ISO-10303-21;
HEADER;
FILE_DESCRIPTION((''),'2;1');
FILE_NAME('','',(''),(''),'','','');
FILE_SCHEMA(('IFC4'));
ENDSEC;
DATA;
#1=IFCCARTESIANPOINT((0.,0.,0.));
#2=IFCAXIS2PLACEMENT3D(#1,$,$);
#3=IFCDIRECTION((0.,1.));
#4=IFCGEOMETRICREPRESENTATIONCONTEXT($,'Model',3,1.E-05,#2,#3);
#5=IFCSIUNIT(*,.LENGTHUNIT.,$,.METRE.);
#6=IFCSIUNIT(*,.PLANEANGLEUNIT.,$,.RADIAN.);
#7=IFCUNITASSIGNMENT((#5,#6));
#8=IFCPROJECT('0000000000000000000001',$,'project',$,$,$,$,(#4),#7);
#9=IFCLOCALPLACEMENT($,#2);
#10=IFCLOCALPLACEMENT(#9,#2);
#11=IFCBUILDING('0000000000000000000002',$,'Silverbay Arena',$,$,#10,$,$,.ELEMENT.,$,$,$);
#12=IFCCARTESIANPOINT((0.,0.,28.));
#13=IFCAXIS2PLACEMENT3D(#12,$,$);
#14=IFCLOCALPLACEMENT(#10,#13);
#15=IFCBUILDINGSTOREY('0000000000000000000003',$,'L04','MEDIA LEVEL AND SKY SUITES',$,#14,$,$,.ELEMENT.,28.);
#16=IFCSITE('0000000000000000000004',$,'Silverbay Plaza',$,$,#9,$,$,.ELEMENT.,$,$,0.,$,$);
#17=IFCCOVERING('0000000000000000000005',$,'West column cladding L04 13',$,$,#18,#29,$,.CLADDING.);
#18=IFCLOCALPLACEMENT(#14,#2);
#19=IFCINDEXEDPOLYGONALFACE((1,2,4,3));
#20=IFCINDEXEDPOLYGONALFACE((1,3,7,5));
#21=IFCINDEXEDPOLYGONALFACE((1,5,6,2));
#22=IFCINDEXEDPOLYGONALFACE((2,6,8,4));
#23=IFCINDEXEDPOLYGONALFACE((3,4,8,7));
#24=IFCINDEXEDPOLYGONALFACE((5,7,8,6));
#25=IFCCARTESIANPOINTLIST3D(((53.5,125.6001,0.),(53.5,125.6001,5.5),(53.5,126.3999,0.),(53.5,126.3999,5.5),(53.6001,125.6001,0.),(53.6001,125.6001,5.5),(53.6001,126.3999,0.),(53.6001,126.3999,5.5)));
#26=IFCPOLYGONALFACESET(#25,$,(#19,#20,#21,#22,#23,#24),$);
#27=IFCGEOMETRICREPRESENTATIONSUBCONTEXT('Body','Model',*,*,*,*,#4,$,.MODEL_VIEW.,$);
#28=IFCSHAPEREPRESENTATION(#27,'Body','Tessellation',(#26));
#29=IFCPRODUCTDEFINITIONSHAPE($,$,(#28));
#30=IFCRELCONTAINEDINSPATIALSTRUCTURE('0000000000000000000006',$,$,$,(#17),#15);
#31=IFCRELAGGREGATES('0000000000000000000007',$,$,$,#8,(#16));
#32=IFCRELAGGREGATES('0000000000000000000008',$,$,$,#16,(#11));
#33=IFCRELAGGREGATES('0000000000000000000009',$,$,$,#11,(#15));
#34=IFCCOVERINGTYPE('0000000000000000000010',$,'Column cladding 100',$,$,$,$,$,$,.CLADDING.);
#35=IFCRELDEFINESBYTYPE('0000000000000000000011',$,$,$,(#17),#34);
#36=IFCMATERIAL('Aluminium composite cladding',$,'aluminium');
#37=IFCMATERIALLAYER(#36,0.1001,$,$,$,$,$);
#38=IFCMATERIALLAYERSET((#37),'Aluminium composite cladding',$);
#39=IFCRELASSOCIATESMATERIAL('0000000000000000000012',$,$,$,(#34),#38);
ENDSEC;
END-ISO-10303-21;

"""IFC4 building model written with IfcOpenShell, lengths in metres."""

from ifc_helpers import new_model, si_unit, direction, frame, origin, place, context, subcontext, project, spatial, polyline, outline, extrude, material, layer, layer_set, type_object, element, save


model = new_model("IFC4")

# Units and contexts
model_context = context("Model", 3, precision=1e-05, world=origin(), true_north=direction((0.0, 1.0)))
body_context = subcontext(model_context, "Body", "Model", "MODEL_VIEW")
ifc_project = project(units=[si_unit("LENGTHUNIT", "METRE"), si_unit("PLANEANGLEUNIT", "RADIAN")], contexts=[model_context])

# Site, building, storey
site_placement = place(None, origin())
site = spatial("IfcSite", under=ifc_project, at=site_placement, Name="Silverbay Plaza", CompositionType="ELEMENT", RefElevation=0.0)
building_placement = place(site_placement, origin())
building = spatial("IfcBuilding", under=site, at=building_placement, Name="Silverbay Arena", CompositionType="ELEMENT")
storey_placement = place(building_placement, frame((0.0, 0.0, 28.0)))
storey = spatial("IfcBuildingStorey", under=building, at=storey_placement, Name="L04", Description="MEDIA LEVEL AND SKY SUITES", CompositionType="ELEMENT", Elevation=28.0)

# Covering
ifc_material_1 = material(Name="Aluminium composite cladding", Category="aluminium")
ifc_layer_1 = layer(ifc_material_1, 0.1001)
ifc_layer_set_1 = layer_set([ifc_layer_1], Name="Aluminium composite cladding")
covering_type = type_object("IfcCoveringType", Name="Column cladding 100", PredefinedType="CLADDING", material=ifc_layer_set_1)
covering_1_placement = place(storey_placement, origin())
element("IfcCovering", 1, at=covering_1_placement, inside=storey, type_object=covering_type, Name="West column cladding L04 13", PredefinedType="CLADDING", context=body_context, shape_type="SweptSolid", body=[
    extrude(outline(polyline([(53.5, 125.6001), (53.6001, 125.6001), (53.6001, 126.3999), (53.5, 126.3999), (53.5, 125.6001)])), origin(), (0.0, 0.0, 1.0), 5.5),
])

save(model, "model.ifc")
